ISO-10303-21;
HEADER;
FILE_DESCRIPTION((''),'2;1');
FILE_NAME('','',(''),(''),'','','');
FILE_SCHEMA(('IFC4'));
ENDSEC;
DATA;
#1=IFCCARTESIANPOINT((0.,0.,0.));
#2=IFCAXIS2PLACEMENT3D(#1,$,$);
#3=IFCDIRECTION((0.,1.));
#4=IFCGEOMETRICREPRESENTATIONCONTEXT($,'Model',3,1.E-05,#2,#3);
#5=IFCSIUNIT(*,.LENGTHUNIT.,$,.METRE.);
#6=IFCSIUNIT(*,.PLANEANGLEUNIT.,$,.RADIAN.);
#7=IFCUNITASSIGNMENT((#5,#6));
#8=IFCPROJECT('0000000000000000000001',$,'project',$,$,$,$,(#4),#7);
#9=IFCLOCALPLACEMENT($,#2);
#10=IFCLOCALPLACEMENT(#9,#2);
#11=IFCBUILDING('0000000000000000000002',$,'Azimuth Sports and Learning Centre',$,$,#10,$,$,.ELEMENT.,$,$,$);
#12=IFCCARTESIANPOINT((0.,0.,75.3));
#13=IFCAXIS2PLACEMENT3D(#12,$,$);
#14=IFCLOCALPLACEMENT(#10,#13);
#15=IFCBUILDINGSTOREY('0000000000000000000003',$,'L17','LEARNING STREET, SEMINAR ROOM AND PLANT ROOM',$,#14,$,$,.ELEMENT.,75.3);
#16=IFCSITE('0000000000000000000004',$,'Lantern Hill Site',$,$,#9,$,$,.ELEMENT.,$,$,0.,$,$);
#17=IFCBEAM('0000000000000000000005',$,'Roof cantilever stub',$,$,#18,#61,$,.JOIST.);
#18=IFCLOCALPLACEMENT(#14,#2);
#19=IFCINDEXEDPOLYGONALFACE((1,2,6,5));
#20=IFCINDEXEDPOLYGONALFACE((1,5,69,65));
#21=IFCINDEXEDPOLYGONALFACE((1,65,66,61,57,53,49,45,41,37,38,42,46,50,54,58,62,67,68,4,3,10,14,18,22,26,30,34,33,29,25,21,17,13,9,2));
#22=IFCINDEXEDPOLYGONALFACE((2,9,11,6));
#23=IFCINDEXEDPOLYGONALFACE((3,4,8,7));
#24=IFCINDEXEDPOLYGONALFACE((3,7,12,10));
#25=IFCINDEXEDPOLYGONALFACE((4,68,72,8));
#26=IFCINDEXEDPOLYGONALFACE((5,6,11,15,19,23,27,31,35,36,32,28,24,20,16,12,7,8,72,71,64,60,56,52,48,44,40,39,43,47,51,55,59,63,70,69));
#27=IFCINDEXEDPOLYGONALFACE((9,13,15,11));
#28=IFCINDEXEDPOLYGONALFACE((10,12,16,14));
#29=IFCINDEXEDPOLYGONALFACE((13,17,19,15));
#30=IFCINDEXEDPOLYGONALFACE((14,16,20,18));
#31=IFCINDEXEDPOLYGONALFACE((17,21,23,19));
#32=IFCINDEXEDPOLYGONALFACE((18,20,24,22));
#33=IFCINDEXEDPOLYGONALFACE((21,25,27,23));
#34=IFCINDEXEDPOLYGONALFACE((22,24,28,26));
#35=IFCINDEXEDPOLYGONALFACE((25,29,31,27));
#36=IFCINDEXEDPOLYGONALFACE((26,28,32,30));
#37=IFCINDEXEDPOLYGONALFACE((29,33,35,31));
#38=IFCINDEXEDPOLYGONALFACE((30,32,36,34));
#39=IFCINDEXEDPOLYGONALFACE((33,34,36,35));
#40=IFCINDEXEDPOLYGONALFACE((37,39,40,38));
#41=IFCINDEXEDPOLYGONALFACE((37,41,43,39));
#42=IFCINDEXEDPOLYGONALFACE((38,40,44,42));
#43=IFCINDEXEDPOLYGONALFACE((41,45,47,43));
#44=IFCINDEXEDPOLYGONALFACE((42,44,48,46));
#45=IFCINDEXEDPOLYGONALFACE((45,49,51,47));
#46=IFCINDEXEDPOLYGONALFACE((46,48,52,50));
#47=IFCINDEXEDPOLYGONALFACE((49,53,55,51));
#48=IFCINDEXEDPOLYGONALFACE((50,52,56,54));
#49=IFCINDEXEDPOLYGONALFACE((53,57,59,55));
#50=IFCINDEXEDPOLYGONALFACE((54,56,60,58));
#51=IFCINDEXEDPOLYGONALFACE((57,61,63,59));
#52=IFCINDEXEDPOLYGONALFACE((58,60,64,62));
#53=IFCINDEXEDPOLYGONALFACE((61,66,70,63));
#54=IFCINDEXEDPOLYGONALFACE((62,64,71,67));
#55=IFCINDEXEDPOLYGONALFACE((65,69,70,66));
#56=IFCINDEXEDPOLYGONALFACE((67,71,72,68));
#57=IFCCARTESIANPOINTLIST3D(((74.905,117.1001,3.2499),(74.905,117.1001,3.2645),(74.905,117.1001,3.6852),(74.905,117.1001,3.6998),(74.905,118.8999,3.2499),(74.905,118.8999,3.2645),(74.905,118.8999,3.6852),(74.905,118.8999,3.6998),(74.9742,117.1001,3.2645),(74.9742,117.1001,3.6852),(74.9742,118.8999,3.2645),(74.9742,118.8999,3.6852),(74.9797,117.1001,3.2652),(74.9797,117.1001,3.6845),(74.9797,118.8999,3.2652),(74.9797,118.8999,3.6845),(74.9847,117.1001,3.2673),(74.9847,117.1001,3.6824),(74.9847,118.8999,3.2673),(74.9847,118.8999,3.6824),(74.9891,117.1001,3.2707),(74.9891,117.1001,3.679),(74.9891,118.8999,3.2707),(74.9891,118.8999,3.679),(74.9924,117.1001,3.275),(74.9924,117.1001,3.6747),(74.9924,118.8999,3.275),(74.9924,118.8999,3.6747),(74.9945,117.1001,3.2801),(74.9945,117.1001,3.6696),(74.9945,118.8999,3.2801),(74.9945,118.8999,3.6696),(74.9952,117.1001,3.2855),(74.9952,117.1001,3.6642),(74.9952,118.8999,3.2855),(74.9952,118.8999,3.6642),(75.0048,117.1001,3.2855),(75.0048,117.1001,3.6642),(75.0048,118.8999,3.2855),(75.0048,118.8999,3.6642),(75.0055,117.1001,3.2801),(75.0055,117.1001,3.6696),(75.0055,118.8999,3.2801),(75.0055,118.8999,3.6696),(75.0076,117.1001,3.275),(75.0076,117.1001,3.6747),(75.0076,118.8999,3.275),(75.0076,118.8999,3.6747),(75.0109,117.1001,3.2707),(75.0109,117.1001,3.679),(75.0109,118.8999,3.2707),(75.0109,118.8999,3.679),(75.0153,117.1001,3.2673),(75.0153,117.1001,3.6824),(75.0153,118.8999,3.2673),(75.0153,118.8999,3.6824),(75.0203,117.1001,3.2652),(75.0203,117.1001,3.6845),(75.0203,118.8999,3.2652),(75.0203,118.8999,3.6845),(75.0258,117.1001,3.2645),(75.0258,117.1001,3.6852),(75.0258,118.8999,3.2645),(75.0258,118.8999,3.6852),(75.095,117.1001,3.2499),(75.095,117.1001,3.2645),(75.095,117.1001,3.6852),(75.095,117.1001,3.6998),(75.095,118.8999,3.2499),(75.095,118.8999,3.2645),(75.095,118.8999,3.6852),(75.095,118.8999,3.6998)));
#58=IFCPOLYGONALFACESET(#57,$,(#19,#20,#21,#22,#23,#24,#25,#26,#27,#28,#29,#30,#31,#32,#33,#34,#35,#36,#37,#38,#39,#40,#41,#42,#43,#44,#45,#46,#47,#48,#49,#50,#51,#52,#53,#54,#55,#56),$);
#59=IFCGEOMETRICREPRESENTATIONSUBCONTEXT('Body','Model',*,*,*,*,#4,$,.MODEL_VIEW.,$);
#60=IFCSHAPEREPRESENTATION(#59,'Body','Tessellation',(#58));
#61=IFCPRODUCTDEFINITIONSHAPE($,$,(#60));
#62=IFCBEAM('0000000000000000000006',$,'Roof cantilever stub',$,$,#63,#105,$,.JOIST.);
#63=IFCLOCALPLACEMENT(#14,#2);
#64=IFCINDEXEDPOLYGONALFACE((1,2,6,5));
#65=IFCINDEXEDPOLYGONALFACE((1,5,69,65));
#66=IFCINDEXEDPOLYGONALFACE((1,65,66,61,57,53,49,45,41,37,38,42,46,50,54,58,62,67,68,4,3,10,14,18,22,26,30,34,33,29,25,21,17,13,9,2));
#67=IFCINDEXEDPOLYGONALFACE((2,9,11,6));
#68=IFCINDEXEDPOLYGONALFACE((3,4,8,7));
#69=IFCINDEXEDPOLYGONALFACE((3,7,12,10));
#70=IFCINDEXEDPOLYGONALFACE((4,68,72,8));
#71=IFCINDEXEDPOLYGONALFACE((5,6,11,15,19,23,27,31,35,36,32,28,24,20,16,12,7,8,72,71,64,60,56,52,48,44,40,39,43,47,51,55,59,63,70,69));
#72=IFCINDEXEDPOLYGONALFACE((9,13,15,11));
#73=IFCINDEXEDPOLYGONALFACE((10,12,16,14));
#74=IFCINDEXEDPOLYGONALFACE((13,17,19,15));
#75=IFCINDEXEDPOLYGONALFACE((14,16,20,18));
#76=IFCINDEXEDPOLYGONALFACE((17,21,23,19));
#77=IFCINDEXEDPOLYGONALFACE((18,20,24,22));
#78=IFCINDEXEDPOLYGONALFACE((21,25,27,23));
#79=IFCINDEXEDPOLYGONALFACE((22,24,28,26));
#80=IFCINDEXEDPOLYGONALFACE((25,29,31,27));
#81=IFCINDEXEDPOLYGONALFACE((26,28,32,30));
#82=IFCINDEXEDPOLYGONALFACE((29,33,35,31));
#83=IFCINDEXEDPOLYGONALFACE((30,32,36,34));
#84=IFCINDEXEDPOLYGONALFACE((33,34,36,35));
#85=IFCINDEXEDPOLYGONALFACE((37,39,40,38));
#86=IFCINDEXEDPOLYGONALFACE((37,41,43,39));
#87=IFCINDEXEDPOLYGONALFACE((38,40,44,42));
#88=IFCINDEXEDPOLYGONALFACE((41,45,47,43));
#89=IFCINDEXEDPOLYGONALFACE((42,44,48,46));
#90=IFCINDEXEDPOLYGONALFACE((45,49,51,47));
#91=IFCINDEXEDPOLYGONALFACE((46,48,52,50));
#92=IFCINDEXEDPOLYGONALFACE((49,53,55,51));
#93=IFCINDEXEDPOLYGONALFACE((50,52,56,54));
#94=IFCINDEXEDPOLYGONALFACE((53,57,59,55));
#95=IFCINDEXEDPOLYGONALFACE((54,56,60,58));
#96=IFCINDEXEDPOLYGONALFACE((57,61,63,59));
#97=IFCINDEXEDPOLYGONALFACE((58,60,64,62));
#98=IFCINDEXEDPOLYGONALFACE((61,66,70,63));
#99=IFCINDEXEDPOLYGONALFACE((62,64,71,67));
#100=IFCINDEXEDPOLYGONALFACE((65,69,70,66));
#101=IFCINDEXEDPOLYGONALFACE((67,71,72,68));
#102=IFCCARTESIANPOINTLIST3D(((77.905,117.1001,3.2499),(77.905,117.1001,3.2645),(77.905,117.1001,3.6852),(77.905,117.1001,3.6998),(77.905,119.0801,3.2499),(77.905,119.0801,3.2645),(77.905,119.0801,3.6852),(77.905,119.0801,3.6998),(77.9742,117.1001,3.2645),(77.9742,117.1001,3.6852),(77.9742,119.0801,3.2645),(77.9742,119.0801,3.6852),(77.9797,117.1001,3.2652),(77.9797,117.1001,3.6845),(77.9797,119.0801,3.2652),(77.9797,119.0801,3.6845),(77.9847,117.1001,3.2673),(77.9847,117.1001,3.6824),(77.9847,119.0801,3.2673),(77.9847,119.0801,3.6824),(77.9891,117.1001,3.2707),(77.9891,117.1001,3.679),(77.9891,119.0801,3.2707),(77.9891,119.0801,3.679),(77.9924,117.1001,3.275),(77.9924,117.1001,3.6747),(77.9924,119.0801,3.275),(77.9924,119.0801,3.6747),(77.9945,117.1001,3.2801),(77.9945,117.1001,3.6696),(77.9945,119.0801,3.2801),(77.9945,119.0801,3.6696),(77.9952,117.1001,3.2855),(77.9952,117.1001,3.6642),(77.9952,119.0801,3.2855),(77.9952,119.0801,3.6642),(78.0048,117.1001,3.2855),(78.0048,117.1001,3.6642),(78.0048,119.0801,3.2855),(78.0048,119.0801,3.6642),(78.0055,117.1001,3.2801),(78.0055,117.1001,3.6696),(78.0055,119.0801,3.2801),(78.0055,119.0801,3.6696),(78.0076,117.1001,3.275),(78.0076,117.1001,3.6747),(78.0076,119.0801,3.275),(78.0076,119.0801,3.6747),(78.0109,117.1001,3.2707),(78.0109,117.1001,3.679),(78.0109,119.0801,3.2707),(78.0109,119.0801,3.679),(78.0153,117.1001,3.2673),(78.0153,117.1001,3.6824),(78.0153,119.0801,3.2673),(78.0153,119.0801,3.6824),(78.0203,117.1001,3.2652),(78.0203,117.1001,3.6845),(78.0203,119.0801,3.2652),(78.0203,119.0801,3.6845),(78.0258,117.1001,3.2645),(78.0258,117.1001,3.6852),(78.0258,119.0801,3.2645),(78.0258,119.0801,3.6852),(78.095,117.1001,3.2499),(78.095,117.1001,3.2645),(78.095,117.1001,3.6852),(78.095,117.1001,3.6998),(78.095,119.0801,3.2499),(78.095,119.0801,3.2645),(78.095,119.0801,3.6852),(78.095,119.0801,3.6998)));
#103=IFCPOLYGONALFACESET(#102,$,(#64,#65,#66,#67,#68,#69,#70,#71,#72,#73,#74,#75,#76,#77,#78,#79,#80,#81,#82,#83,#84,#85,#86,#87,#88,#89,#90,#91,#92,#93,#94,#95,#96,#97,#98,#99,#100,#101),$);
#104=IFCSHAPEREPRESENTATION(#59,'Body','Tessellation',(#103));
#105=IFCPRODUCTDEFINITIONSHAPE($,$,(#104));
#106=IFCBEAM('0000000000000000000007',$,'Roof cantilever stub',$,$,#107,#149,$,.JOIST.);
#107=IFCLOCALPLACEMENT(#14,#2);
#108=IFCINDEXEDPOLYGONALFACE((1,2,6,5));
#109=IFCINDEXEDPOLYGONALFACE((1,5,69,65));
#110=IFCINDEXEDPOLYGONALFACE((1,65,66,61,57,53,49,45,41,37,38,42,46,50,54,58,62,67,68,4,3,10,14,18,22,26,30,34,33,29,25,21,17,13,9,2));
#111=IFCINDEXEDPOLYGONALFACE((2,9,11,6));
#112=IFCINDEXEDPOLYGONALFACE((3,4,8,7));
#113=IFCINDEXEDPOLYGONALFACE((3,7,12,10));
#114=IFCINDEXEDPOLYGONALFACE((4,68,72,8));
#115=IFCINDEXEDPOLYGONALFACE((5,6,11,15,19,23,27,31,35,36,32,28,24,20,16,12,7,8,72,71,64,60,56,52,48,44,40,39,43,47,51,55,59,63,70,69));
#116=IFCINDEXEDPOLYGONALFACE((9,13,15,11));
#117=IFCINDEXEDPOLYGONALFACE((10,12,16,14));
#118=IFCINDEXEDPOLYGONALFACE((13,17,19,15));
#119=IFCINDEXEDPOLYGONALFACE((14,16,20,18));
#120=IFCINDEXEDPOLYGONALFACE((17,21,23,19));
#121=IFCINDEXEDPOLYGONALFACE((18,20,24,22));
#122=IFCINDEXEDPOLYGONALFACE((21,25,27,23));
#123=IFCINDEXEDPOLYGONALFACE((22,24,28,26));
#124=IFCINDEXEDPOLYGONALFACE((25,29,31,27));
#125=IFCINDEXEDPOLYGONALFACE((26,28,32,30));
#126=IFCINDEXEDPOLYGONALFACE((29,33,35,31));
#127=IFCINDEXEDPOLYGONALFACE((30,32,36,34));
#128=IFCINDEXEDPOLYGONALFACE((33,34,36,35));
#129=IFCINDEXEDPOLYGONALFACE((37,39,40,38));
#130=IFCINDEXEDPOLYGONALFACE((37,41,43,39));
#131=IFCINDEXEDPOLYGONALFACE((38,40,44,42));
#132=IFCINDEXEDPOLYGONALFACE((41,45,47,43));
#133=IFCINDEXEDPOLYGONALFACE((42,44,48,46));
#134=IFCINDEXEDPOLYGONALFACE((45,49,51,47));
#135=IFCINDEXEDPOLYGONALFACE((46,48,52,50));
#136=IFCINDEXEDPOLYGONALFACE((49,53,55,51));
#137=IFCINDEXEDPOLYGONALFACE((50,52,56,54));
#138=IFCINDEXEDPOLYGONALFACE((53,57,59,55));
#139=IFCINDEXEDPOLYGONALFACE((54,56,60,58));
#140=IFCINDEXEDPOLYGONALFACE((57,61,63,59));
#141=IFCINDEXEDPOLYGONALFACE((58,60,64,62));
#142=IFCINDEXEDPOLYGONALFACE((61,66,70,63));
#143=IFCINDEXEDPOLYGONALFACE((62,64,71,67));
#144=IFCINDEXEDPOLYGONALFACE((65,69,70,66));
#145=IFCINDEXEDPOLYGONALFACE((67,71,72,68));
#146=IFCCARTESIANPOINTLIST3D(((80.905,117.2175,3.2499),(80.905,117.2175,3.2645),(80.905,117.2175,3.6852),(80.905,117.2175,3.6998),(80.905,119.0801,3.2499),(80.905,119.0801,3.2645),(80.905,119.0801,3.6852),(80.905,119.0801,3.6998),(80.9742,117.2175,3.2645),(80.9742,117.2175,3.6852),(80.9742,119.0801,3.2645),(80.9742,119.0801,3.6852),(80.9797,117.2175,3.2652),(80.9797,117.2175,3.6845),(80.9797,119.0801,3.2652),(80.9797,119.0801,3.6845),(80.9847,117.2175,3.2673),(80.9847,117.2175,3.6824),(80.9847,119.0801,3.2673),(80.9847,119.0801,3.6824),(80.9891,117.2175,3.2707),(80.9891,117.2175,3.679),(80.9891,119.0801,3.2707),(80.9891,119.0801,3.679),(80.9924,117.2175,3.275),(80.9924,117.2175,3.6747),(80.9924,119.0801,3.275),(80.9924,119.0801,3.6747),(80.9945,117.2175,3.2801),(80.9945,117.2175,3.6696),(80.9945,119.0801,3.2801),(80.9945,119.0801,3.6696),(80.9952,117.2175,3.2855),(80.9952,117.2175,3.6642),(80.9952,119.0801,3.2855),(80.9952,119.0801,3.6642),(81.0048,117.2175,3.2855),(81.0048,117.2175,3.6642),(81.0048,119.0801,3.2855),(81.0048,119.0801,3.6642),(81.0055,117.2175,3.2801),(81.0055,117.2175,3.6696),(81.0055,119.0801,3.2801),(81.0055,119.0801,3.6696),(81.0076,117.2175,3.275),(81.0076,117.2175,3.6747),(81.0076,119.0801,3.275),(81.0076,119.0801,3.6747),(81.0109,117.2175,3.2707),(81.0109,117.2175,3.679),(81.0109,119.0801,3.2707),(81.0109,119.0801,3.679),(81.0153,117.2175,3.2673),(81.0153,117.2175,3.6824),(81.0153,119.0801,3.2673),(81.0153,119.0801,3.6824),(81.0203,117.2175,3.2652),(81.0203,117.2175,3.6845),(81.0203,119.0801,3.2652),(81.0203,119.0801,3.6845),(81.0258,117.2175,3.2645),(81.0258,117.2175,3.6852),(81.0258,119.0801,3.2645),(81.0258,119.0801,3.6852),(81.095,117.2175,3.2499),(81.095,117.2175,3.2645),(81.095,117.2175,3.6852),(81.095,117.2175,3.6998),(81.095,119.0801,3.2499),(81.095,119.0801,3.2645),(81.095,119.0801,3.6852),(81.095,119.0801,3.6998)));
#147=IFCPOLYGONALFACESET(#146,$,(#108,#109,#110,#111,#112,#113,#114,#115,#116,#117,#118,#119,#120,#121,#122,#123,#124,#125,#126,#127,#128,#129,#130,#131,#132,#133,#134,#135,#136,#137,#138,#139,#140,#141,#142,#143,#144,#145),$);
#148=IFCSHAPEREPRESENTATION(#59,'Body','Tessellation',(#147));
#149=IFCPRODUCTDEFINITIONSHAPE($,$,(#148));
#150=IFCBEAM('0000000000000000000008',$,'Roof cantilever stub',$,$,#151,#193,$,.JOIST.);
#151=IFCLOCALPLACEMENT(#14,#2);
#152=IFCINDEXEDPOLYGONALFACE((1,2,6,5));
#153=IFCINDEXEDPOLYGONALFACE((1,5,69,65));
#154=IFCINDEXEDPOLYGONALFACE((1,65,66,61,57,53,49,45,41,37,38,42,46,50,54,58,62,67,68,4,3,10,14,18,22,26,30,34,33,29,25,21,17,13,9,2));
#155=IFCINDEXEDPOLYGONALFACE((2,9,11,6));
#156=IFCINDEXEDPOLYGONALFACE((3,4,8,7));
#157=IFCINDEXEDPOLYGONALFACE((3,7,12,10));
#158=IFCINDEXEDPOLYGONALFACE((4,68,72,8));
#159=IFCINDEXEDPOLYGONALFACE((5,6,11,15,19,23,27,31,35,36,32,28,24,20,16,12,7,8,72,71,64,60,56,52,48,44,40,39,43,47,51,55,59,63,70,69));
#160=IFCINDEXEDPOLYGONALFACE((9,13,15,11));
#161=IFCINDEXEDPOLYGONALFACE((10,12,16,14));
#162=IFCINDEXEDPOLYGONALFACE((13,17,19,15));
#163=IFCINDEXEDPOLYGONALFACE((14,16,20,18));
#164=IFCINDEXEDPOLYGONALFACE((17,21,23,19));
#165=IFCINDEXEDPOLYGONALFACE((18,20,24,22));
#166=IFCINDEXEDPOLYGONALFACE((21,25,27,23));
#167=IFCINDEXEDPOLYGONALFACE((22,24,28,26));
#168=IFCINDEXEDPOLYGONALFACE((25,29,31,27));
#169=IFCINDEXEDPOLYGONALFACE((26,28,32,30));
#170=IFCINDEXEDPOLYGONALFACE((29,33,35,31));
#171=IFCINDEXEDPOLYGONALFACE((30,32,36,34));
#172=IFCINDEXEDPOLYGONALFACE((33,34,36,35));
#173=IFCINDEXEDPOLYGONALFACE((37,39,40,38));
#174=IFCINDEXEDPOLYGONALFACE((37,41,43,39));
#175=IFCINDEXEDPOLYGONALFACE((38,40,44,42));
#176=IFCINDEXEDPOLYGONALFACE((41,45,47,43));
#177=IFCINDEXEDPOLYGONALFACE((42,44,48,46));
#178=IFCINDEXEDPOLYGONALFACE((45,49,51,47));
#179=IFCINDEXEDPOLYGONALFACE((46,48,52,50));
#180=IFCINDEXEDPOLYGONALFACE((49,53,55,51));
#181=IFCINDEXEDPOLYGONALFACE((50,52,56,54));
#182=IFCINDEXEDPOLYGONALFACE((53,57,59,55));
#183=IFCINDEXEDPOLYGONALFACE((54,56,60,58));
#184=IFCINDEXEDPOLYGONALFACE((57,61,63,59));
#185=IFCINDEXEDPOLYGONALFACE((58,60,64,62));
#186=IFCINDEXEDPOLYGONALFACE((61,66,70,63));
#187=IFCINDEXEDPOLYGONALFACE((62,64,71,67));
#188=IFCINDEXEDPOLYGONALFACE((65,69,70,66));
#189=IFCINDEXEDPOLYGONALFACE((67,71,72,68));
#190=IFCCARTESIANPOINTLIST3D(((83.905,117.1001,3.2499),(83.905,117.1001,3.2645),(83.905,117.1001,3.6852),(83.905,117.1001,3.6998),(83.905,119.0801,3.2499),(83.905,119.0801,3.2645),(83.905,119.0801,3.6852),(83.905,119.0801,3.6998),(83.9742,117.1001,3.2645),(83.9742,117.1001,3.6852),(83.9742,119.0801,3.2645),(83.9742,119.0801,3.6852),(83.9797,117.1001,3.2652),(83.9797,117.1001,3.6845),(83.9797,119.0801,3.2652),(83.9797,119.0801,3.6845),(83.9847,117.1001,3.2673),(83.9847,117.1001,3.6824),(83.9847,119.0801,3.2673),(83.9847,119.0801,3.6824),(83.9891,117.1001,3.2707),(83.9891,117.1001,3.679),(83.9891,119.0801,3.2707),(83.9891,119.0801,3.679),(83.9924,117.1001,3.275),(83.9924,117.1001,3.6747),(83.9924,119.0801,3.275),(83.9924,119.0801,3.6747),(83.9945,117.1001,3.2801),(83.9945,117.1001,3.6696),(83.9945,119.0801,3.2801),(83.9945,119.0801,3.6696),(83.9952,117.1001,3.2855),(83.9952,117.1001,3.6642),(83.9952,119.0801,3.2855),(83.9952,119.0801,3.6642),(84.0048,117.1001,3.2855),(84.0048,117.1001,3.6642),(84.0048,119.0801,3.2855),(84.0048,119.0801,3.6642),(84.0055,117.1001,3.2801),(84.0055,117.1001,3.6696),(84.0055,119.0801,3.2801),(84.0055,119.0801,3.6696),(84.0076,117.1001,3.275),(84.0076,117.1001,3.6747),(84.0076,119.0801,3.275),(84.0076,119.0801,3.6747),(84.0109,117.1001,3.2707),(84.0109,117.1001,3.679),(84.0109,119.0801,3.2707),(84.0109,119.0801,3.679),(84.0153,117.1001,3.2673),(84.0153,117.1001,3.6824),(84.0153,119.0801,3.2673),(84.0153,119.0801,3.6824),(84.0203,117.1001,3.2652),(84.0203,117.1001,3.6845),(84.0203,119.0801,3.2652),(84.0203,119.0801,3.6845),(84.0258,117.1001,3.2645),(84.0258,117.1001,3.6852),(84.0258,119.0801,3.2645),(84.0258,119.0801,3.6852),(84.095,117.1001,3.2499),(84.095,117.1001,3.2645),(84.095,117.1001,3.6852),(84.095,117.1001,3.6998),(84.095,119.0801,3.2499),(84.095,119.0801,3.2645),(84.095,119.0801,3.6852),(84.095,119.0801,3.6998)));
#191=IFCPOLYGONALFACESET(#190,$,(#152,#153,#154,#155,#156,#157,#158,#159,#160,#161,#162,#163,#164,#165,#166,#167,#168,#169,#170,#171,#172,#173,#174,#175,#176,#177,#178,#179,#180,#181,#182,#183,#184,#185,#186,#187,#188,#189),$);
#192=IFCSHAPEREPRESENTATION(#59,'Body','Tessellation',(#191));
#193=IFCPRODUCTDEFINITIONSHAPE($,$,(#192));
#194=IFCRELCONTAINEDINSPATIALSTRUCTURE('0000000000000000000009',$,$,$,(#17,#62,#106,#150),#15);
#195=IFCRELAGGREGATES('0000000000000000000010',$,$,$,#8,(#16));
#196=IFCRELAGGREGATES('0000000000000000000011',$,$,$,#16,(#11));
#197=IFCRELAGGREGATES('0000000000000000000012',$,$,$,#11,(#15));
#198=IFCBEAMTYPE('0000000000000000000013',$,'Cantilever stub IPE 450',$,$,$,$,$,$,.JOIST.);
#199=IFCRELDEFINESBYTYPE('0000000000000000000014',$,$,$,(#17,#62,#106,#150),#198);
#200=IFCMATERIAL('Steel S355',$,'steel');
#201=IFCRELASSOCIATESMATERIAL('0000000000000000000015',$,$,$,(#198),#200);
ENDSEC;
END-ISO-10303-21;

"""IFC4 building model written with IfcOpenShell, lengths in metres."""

from ifc_helpers import new_model, si_unit, direction, frame, origin, origin_2d, place, context, subcontext, project, spatial, i_section, extrude, material, material_profile, profile_set, type_object, element, save


model = new_model("IFC4")

# Units and contexts
model_context = context("Model", 3, precision=1e-05, world=origin(), true_north=direction((0.0, 1.0)))
body_context = subcontext(model_context, "Body", "Model", "MODEL_VIEW")
ifc_project = project(units=[si_unit("LENGTHUNIT", "METRE"), si_unit("PLANEANGLEUNIT", "RADIAN")], contexts=[model_context])

# Site, building, storey
site_placement = place(None, origin())
site = spatial("IfcSite", under=ifc_project, at=site_placement, Name="Lantern Hill Site", CompositionType="ELEMENT", RefElevation=0.0)
building_placement = place(site_placement, origin())
building = spatial("IfcBuilding", under=site, at=building_placement, Name="Azimuth Sports and Learning Centre", CompositionType="ELEMENT")
storey_placement = place(building_placement, frame((0.0, 0.0, 75.3)))
storey = spatial("IfcBuildingStorey", under=building, at=storey_placement, Name="L17", Description="LEARNING STREET, SEMINAR ROOM AND PLANT ROOM", CompositionType="ELEMENT", Elevation=75.3)

# Beams
ifc_material_1 = material(Name="Steel S355", Category="steel")
ifc_material_profile_1 = material_profile(ifc_material_1, i_section(OverallWidth=0.1899, OverallDepth=0.45, WebThickness=0.0095, FlangeThickness=0.0146, FilletRadius=0.021, at=origin_2d()), Name="IPE 450")
ifc_profile_set_1 = profile_set([ifc_material_profile_1], Name="Steel S355")
beam_type_1 = type_object("IfcBeamType", Name="Cantilever stub IPE 450", PredefinedType="JOIST", material=ifc_profile_set_1)
beam_1_placement = place(storey_placement, frame((75.0, 117.1001, 3.4749), z_axis=(0.0, 1.0, 0.0), x_axis=(-1.0, 0.0, 0.0)))
element("IfcBeam", 1, at=beam_1_placement, inside=storey, type_object=beam_type_1, Name="Roof cantilever stub", PredefinedType="JOIST", context=body_context, shape_type="SweptSolid", body=[
    extrude(i_section(OverallWidth=0.1899, OverallDepth=0.45, WebThickness=0.0095, FlangeThickness=0.0146, FilletRadius=0.021, at=origin_2d()), origin(), (0.0, 0.0, 1.0), 1.7998),
])
beam_2_placement = place(storey_placement, frame((78.0, 117.1001, 3.4749), z_axis=(0.0, 1.0, 0.0), x_axis=(-1.0, 0.0, 0.0)))
element("IfcBeam", 2, at=beam_2_placement, inside=storey, type_object=beam_type_1, Name="Roof cantilever stub", PredefinedType="JOIST", context=body_context, shape_type="SweptSolid", body=[
    extrude(i_section(OverallWidth=0.1899, OverallDepth=0.45, WebThickness=0.0095, FlangeThickness=0.0146, FilletRadius=0.021, at=origin_2d()), origin(), (0.0, 0.0, 1.0), 1.98),
])
beam_3_placement = place(storey_placement, frame((81.0, 117.2175, 3.4749), z_axis=(0.0, 1.0, 0.0), x_axis=(-1.0, 0.0, 0.0)))
element("IfcBeam", 3, at=beam_3_placement, inside=storey, type_object=beam_type_1, Name="Roof cantilever stub", PredefinedType="JOIST", context=body_context, shape_type="SweptSolid", body=[
    extrude(i_section(OverallWidth=0.1899, OverallDepth=0.45, WebThickness=0.0095, FlangeThickness=0.0146, FilletRadius=0.021, at=origin_2d()), origin(), (0.0, 0.0, 1.0), 1.8625),
])
beam_4_placement = place(storey_placement, frame((84.0, 117.1001, 3.4749), z_axis=(0.0, 1.0, 0.0), x_axis=(-1.0, 0.0, 0.0)))
element("IfcBeam", 4, at=beam_4_placement, inside=storey, type_object=beam_type_1, Name="Roof cantilever stub", PredefinedType="JOIST", context=body_context, shape_type="SweptSolid", body=[
    extrude(i_section(OverallWidth=0.1899, OverallDepth=0.45, WebThickness=0.0095, FlangeThickness=0.0146, FilletRadius=0.021, at=origin_2d()), origin(), (0.0, 0.0, 1.0), 1.98),
])

save(model, "model.ifc")
